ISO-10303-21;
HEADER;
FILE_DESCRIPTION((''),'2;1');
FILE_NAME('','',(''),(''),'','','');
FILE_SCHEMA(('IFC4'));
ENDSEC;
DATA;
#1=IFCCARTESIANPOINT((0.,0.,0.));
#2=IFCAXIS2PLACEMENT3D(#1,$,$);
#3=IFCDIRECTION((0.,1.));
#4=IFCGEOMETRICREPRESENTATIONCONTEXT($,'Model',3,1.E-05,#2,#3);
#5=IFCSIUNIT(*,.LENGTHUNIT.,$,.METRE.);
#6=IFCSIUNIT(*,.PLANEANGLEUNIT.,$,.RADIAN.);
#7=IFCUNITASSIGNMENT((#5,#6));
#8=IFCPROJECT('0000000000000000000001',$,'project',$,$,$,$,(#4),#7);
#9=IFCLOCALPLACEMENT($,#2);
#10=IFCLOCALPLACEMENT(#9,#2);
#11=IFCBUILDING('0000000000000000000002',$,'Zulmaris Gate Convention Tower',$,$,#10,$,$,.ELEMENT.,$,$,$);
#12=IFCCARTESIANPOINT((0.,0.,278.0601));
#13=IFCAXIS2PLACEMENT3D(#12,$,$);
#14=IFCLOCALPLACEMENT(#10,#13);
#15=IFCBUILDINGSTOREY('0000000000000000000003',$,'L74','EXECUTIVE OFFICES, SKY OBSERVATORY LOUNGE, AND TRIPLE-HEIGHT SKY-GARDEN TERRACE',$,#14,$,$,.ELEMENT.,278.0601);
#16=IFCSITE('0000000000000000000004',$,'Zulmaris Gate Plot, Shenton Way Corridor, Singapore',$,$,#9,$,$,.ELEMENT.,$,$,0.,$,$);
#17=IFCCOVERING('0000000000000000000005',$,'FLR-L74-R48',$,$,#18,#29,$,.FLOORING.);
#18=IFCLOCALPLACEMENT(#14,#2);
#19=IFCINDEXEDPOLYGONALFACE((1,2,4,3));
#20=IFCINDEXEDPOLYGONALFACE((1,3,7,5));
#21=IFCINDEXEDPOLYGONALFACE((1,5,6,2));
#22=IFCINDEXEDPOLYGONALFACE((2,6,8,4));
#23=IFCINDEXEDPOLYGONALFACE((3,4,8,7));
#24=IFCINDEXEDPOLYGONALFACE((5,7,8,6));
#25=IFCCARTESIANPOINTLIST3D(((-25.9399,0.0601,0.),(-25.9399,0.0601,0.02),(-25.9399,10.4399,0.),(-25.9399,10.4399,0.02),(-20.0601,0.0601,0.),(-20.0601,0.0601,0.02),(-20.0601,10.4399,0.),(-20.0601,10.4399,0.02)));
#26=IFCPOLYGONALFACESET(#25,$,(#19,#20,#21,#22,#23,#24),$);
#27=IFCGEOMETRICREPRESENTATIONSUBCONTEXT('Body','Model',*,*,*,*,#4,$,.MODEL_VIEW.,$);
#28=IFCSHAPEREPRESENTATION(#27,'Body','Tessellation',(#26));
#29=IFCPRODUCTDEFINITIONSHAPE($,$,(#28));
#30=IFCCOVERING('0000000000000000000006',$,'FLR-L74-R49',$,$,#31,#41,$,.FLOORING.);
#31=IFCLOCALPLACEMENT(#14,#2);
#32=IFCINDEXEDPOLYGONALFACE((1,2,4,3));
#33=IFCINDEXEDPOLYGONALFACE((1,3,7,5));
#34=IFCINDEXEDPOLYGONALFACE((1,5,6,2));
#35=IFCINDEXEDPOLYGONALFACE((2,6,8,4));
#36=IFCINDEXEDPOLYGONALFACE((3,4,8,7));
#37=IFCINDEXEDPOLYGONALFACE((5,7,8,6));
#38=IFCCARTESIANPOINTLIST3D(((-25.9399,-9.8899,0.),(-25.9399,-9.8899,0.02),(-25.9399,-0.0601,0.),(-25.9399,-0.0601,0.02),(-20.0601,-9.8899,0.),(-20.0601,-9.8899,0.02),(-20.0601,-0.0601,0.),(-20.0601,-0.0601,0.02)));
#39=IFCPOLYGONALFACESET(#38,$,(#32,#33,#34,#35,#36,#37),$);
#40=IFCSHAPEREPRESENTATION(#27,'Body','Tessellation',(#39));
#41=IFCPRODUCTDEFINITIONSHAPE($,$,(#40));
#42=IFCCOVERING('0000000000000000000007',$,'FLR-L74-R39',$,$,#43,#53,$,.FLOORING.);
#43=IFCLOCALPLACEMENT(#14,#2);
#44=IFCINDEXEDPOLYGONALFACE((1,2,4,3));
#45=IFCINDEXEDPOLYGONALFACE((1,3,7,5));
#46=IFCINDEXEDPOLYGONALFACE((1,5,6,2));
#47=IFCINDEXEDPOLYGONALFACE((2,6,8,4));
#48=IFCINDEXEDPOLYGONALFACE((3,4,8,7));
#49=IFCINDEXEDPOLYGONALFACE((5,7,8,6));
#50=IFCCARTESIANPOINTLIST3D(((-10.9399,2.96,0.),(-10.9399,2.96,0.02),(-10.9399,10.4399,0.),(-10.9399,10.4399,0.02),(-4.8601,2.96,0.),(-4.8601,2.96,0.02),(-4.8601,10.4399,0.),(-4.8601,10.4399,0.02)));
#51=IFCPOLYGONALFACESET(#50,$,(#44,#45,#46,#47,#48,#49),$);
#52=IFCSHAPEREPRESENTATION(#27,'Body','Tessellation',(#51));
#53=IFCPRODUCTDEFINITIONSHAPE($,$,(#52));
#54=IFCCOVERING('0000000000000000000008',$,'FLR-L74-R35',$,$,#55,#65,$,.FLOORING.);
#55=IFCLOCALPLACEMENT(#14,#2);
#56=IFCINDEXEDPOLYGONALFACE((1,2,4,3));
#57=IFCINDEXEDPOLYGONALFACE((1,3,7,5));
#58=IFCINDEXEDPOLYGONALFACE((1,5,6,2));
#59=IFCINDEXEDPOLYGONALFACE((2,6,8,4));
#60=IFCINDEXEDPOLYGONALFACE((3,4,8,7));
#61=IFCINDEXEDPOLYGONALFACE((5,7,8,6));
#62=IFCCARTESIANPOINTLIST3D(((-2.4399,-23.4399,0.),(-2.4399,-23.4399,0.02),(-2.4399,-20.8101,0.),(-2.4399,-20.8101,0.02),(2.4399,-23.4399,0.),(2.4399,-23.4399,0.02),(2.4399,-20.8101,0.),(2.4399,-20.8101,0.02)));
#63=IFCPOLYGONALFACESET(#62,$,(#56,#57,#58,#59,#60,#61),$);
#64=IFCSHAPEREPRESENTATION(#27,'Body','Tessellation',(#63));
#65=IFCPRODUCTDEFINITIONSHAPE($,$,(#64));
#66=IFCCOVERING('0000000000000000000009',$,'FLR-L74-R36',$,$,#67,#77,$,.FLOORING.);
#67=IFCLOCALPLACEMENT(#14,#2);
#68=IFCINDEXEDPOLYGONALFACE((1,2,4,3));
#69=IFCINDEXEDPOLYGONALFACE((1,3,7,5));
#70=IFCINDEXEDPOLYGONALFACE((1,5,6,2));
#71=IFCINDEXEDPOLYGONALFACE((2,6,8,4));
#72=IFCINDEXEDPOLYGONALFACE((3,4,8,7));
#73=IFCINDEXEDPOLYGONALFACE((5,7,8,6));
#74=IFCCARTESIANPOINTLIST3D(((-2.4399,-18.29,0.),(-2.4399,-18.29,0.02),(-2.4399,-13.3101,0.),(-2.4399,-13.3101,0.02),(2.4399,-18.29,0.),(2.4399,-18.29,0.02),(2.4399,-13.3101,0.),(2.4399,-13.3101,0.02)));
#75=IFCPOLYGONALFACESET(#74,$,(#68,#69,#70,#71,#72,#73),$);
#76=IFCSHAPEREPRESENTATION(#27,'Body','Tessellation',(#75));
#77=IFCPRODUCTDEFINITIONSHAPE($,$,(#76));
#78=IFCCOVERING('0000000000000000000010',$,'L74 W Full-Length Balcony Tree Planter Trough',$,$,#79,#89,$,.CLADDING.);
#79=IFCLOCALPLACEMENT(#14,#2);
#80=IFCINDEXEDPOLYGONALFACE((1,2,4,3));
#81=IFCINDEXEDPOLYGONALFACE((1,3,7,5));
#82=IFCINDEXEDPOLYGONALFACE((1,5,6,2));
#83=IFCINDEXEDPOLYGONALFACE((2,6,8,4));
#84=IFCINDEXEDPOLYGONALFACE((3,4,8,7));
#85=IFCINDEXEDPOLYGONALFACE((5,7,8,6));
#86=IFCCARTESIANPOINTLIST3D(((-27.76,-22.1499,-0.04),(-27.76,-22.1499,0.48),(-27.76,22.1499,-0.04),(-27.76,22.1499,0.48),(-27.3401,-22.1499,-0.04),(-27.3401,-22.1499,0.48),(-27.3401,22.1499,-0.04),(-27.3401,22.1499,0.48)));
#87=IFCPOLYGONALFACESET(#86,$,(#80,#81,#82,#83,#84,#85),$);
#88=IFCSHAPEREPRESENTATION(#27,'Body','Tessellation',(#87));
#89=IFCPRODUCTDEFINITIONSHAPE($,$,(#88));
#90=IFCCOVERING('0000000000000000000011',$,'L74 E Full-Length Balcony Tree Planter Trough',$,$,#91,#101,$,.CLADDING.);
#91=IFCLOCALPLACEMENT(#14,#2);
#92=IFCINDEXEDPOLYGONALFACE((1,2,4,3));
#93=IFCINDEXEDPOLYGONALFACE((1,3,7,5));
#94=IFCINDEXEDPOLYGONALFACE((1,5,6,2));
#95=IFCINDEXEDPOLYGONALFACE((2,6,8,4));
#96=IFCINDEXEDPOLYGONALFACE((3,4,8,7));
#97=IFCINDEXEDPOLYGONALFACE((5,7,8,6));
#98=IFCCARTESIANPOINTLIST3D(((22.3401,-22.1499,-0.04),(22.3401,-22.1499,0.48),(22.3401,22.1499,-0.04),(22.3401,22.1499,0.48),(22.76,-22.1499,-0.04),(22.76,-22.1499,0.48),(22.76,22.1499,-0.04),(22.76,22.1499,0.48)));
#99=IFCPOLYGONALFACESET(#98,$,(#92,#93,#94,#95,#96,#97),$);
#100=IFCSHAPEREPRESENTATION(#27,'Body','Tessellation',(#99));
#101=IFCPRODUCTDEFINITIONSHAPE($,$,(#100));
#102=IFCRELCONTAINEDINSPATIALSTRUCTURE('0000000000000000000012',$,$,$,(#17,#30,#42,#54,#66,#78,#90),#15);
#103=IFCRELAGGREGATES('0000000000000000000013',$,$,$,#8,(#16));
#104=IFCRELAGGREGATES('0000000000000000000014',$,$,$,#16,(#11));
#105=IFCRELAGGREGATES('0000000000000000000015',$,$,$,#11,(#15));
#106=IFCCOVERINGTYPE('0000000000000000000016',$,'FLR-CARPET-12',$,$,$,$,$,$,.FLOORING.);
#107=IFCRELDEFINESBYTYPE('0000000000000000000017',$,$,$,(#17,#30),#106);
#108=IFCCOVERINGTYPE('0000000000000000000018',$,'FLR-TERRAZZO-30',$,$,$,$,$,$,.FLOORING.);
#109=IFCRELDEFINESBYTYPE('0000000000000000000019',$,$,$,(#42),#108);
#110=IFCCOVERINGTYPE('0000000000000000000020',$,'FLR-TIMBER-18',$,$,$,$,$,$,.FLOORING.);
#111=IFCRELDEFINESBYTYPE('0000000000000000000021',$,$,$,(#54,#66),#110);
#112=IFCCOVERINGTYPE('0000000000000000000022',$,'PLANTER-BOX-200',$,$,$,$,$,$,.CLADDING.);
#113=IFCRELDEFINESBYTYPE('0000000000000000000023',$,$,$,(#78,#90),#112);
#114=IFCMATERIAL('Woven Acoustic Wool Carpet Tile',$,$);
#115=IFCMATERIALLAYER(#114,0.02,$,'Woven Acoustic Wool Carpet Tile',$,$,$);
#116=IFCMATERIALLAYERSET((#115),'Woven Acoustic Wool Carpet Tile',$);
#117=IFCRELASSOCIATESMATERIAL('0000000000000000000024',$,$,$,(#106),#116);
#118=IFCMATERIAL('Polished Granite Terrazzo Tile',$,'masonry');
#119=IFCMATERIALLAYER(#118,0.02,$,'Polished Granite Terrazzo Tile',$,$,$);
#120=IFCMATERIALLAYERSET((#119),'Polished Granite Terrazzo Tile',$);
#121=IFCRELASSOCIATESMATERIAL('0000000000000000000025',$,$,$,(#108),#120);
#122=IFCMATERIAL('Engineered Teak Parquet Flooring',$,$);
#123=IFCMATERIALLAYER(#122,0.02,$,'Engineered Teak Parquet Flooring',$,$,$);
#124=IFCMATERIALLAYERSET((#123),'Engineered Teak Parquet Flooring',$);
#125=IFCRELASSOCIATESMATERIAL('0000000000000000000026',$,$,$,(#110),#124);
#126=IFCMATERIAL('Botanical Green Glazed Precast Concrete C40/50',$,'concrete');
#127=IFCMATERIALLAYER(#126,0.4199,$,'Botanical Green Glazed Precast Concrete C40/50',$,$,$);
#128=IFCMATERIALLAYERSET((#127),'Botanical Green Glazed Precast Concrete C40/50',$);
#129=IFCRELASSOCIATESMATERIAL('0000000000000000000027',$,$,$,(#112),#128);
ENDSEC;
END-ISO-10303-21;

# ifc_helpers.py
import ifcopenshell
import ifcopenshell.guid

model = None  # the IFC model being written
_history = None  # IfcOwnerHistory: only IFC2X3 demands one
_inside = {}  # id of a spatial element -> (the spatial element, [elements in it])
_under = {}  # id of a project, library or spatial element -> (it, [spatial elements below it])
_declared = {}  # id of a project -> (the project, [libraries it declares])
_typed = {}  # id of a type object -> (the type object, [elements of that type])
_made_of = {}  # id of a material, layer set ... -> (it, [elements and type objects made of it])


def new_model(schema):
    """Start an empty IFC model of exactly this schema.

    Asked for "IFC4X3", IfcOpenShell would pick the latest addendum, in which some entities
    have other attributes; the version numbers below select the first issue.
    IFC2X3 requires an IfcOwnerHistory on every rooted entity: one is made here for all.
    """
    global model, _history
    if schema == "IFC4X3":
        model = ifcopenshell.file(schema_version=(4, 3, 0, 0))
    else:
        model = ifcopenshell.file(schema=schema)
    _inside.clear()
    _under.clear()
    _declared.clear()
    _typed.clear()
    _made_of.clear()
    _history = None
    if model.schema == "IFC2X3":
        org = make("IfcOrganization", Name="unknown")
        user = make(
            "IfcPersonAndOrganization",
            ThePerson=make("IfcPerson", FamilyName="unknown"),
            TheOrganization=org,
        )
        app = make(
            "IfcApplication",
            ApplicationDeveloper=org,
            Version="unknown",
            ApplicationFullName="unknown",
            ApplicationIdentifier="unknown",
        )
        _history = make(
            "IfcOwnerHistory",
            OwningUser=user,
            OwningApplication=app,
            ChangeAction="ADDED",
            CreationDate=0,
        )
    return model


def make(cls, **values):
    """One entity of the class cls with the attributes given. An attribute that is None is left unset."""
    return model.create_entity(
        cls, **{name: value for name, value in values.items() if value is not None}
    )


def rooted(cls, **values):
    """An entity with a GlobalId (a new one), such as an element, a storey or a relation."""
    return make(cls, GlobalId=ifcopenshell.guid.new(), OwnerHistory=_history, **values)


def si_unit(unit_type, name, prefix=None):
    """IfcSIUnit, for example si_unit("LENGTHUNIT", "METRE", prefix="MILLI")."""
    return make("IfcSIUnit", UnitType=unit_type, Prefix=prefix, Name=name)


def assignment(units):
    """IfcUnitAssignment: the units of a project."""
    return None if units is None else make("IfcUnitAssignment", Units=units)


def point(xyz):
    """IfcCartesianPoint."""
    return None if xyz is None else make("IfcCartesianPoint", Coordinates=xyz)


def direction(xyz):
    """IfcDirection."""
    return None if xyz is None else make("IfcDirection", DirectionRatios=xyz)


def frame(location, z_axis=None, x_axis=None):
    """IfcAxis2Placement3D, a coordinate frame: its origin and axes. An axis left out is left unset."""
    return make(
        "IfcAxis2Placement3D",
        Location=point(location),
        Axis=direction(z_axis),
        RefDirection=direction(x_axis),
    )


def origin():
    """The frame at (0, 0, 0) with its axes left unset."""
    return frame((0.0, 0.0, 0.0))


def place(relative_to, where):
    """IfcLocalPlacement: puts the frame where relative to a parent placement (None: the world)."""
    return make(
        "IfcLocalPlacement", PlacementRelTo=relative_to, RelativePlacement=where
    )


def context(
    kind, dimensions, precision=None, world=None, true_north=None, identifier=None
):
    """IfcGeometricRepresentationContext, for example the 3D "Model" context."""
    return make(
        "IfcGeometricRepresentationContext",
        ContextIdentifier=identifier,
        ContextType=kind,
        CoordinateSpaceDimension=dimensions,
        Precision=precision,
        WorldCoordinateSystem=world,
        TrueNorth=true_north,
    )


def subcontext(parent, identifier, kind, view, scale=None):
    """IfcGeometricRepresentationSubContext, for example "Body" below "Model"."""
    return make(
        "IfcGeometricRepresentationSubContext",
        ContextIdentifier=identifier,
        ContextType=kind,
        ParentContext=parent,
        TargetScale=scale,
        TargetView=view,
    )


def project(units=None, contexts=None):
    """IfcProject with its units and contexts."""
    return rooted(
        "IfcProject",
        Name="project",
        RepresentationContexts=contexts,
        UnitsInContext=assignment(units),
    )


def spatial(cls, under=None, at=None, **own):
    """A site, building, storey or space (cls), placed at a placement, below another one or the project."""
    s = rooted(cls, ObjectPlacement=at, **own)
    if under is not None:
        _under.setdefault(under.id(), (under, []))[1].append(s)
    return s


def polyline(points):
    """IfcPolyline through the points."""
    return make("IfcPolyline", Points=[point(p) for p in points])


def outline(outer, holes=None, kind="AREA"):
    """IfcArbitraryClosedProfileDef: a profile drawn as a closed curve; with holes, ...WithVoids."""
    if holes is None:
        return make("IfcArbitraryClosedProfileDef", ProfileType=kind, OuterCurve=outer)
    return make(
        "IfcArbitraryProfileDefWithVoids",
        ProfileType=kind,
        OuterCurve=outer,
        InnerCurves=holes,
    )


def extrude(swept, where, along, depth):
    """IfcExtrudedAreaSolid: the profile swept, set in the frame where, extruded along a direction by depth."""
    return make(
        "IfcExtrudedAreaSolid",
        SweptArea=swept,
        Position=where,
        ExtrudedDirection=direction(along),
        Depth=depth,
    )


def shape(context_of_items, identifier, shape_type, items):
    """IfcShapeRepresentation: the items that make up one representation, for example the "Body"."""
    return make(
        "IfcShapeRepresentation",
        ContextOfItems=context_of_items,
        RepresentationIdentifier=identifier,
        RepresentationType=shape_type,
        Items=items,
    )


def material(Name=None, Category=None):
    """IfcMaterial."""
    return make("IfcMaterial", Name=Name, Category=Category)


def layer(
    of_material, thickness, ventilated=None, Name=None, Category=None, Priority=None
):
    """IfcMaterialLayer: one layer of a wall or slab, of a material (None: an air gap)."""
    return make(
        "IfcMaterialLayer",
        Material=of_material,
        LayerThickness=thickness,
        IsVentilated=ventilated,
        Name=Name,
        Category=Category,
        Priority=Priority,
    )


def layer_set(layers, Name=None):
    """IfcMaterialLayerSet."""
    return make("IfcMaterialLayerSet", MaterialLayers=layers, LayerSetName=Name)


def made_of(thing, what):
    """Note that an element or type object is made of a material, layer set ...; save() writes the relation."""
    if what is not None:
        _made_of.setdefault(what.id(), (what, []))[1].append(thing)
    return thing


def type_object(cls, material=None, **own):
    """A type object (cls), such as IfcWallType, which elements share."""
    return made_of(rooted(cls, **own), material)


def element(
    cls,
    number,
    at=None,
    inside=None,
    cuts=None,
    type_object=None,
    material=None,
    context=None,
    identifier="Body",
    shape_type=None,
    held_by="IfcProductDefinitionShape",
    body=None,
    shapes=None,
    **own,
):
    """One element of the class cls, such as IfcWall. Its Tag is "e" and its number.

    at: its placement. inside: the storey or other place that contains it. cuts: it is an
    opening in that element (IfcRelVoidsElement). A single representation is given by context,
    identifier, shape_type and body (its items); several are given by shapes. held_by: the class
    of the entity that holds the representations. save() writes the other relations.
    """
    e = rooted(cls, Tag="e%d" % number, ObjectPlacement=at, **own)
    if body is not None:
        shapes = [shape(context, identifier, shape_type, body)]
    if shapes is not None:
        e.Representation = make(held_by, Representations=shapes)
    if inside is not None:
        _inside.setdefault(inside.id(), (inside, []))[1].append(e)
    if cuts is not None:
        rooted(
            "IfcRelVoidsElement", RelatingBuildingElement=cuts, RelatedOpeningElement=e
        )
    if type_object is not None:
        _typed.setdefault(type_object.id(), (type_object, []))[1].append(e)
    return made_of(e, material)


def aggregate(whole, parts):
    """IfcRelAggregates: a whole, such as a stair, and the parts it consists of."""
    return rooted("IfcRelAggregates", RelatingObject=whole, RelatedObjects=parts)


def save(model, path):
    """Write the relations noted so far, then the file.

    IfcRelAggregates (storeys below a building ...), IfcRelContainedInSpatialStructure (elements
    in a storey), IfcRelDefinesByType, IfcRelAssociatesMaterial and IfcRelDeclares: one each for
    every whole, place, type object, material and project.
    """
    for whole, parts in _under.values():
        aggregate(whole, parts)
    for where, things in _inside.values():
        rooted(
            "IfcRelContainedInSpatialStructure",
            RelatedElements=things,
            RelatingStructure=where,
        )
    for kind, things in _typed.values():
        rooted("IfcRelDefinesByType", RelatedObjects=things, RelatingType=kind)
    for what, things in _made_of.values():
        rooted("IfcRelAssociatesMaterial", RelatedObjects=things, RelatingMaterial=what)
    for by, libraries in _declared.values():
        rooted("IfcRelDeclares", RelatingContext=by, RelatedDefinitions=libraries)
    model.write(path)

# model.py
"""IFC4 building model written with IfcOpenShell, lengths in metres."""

from ifc_helpers import new_model, si_unit, direction, frame, origin, place, context, subcontext, project, spatial, polyline, outline, extrude, material, layer, layer_set, type_object, element, save


model = new_model("IFC4")

# Units and contexts
model_context = context("Model", 3, precision=1e-05, world=origin(), true_north=direction((0.0, 1.0)))
body_context = subcontext(model_context, "Body", "Model", "MODEL_VIEW")
ifc_project = project(units=[si_unit("LENGTHUNIT", "METRE"), si_unit("PLANEANGLEUNIT", "RADIAN")], contexts=[model_context])

# Site, building, storey
site_placement = place(None, origin())
site = spatial("IfcSite", under=ifc_project, at=site_placement, Name="Zulmaris Gate Plot, Shenton Way Corridor, Singapore", CompositionType="ELEMENT", RefElevation=0.0)
building_placement = place(site_placement, origin())
building = spatial("IfcBuilding", under=site, at=building_placement, Name="Zulmaris Gate Convention Tower", CompositionType="ELEMENT")
storey_placement = place(building_placement, frame((0.0, 0.0, 278.0601)))
storey = spatial("IfcBuildingStorey", under=building, at=storey_placement, Name="L74", Description="EXECUTIVE OFFICES, SKY OBSERVATORY LOUNGE, AND TRIPLE-HEIGHT SKY-GARDEN TERRACE", CompositionType="ELEMENT", Elevation=278.0601)

# Coverings
ifc_material_1 = material(Name="Woven Acoustic Wool Carpet Tile")
ifc_layer_1 = layer(ifc_material_1, 0.02, Name="Woven Acoustic Wool Carpet Tile")
ifc_layer_set_1 = layer_set([ifc_layer_1], Name="Woven Acoustic Wool Carpet Tile")
covering_type_1 = type_object("IfcCoveringType", Name="FLR-CARPET-12", PredefinedType="FLOORING", material=ifc_layer_set_1)
covering_1_placement = place(storey_placement, origin())
element("IfcCovering", 1, at=covering_1_placement, inside=storey, type_object=covering_type_1, Name="FLR-L74-R48", PredefinedType="FLOORING", context=body_context, shape_type="SweptSolid", body=[
    extrude(outline(polyline([(-25.9399, 0.0601), (-20.0601, 0.0601), (-20.0601, 10.4399), (-25.9399, 10.4399), (-25.9399, 0.0601)])), origin(), (0.0, 0.0, 1.0), 0.02),
])
covering_2_placement = place(storey_placement, origin())
element("IfcCovering", 2, at=covering_2_placement, inside=storey, type_object=covering_type_1, Name="FLR-L74-R49", PredefinedType="FLOORING", context=body_context, shape_type="SweptSolid", body=[
    extrude(outline(polyline([(-25.9399, -9.8899), (-20.0601, -9.8899), (-20.0601, -0.0601), (-25.9399, -0.0601), (-25.9399, -9.8899)])), origin(), (0.0, 0.0, 1.0), 0.02),
])
ifc_material_2 = material(Name="Polished Granite Terrazzo Tile", Category="masonry")
ifc_layer_2 = layer(ifc_material_2, 0.02, Name="Polished Granite Terrazzo Tile")
ifc_layer_set_2 = layer_set([ifc_layer_2], Name="Polished Granite Terrazzo Tile")
covering_type_2 = type_object("IfcCoveringType", Name="FLR-TERRAZZO-30", PredefinedType="FLOORING", material=ifc_layer_set_2)
covering_3_placement = place(storey_placement, origin())
element("IfcCovering", 3, at=covering_3_placement, inside=storey, type_object=covering_type_2, Name="FLR-L74-R39", PredefinedType="FLOORING", context=body_context, shape_type="SweptSolid", body=[
    extrude(outline(polyline([(-10.9399, 2.96), (-4.8601, 2.96), (-4.8601, 10.4399), (-10.9399, 10.4399), (-10.9399, 2.96)])), origin(), (0.0, 0.0, 1.0), 0.02),
])
ifc_material_3 = material(Name="Engineered Teak Parquet Flooring")
ifc_layer_3 = layer(ifc_material_3, 0.02, Name="Engineered Teak Parquet Flooring")
ifc_layer_set_3 = layer_set([ifc_layer_3], Name="Engineered Teak Parquet Flooring")
covering_type_3 = type_object("IfcCoveringType", Name="FLR-TIMBER-18", PredefinedType="FLOORING", material=ifc_layer_set_3)
covering_4_placement = place(storey_placement, origin())
element("IfcCovering", 4, at=covering_4_placement, inside=storey, type_object=covering_type_3, Name="FLR-L74-R35", PredefinedType="FLOORING", context=body_context, shape_type="SweptSolid", body=[
    extrude(outline(polyline([(-2.4399, -23.4399), (2.4399, -23.4399), (2.4399, -20.8101), (-2.4399, -20.8101), (-2.4399, -23.4399)])), origin(), (0.0, 0.0, 1.0), 0.02),
])
covering_5_placement = place(storey_placement, origin())
element("IfcCovering", 5, at=covering_5_placement, inside=storey, type_object=covering_type_3, Name="FLR-L74-R36", PredefinedType="FLOORING", context=body_context, shape_type="SweptSolid", body=[
    extrude(outline(polyline([(-2.4399, -18.29), (2.4399, -18.29), (2.4399, -13.3101), (-2.4399, -13.3101), (-2.4399, -18.29)])), origin(), (0.0, 0.0, 1.0), 0.02),
])
ifc_material_4 = material(Name="Botanical Green Glazed Precast Concrete C40/50", Category="concrete")
ifc_layer_4 = layer(ifc_material_4, 0.4199, Name="Botanical Green Glazed Precast Concrete C40/50")
ifc_layer_set_4 = layer_set([ifc_layer_4], Name="Botanical Green Glazed Precast Concrete C40/50")
covering_type_4 = type_object("IfcCoveringType", Name="PLANTER-BOX-200", PredefinedType="CLADDING", material=ifc_layer_set_4)
covering_6_placement = place(storey_placement, frame((0.0, 0.0, -0.04)))
element("IfcCovering", 6, at=covering_6_placement, inside=storey, type_object=covering_type_4, Name="L74 W Full-Length Balcony Tree Planter Trough", PredefinedType="CLADDING", context=body_context, shape_type="SweptSolid", body=[
    extrude(outline(polyline([(-27.76, -22.1499), (-27.3401, -22.1499), (-27.3401, 22.1499), (-27.76, 22.1499), (-27.76, -22.1499)])), origin(), (0.0, 0.0, 1.0), 0.52),
])
covering_7_placement = place(storey_placement, frame((0.0, 0.0, -0.04)))
element("IfcCovering", 7, at=covering_7_placement, inside=storey, type_object=covering_type_4, Name="L74 E Full-Length Balcony Tree Planter Trough", PredefinedType="CLADDING", context=body_context, shape_type="SweptSolid", body=[
    extrude(outline(polyline([(22.3401, -22.1499), (22.76, -22.1499), (22.76, 22.1499), (22.3401, 22.1499), (22.3401, -22.1499)])), origin(), (0.0, 0.0, 1.0), 0.52),
])

save(model, "model.ifc")
